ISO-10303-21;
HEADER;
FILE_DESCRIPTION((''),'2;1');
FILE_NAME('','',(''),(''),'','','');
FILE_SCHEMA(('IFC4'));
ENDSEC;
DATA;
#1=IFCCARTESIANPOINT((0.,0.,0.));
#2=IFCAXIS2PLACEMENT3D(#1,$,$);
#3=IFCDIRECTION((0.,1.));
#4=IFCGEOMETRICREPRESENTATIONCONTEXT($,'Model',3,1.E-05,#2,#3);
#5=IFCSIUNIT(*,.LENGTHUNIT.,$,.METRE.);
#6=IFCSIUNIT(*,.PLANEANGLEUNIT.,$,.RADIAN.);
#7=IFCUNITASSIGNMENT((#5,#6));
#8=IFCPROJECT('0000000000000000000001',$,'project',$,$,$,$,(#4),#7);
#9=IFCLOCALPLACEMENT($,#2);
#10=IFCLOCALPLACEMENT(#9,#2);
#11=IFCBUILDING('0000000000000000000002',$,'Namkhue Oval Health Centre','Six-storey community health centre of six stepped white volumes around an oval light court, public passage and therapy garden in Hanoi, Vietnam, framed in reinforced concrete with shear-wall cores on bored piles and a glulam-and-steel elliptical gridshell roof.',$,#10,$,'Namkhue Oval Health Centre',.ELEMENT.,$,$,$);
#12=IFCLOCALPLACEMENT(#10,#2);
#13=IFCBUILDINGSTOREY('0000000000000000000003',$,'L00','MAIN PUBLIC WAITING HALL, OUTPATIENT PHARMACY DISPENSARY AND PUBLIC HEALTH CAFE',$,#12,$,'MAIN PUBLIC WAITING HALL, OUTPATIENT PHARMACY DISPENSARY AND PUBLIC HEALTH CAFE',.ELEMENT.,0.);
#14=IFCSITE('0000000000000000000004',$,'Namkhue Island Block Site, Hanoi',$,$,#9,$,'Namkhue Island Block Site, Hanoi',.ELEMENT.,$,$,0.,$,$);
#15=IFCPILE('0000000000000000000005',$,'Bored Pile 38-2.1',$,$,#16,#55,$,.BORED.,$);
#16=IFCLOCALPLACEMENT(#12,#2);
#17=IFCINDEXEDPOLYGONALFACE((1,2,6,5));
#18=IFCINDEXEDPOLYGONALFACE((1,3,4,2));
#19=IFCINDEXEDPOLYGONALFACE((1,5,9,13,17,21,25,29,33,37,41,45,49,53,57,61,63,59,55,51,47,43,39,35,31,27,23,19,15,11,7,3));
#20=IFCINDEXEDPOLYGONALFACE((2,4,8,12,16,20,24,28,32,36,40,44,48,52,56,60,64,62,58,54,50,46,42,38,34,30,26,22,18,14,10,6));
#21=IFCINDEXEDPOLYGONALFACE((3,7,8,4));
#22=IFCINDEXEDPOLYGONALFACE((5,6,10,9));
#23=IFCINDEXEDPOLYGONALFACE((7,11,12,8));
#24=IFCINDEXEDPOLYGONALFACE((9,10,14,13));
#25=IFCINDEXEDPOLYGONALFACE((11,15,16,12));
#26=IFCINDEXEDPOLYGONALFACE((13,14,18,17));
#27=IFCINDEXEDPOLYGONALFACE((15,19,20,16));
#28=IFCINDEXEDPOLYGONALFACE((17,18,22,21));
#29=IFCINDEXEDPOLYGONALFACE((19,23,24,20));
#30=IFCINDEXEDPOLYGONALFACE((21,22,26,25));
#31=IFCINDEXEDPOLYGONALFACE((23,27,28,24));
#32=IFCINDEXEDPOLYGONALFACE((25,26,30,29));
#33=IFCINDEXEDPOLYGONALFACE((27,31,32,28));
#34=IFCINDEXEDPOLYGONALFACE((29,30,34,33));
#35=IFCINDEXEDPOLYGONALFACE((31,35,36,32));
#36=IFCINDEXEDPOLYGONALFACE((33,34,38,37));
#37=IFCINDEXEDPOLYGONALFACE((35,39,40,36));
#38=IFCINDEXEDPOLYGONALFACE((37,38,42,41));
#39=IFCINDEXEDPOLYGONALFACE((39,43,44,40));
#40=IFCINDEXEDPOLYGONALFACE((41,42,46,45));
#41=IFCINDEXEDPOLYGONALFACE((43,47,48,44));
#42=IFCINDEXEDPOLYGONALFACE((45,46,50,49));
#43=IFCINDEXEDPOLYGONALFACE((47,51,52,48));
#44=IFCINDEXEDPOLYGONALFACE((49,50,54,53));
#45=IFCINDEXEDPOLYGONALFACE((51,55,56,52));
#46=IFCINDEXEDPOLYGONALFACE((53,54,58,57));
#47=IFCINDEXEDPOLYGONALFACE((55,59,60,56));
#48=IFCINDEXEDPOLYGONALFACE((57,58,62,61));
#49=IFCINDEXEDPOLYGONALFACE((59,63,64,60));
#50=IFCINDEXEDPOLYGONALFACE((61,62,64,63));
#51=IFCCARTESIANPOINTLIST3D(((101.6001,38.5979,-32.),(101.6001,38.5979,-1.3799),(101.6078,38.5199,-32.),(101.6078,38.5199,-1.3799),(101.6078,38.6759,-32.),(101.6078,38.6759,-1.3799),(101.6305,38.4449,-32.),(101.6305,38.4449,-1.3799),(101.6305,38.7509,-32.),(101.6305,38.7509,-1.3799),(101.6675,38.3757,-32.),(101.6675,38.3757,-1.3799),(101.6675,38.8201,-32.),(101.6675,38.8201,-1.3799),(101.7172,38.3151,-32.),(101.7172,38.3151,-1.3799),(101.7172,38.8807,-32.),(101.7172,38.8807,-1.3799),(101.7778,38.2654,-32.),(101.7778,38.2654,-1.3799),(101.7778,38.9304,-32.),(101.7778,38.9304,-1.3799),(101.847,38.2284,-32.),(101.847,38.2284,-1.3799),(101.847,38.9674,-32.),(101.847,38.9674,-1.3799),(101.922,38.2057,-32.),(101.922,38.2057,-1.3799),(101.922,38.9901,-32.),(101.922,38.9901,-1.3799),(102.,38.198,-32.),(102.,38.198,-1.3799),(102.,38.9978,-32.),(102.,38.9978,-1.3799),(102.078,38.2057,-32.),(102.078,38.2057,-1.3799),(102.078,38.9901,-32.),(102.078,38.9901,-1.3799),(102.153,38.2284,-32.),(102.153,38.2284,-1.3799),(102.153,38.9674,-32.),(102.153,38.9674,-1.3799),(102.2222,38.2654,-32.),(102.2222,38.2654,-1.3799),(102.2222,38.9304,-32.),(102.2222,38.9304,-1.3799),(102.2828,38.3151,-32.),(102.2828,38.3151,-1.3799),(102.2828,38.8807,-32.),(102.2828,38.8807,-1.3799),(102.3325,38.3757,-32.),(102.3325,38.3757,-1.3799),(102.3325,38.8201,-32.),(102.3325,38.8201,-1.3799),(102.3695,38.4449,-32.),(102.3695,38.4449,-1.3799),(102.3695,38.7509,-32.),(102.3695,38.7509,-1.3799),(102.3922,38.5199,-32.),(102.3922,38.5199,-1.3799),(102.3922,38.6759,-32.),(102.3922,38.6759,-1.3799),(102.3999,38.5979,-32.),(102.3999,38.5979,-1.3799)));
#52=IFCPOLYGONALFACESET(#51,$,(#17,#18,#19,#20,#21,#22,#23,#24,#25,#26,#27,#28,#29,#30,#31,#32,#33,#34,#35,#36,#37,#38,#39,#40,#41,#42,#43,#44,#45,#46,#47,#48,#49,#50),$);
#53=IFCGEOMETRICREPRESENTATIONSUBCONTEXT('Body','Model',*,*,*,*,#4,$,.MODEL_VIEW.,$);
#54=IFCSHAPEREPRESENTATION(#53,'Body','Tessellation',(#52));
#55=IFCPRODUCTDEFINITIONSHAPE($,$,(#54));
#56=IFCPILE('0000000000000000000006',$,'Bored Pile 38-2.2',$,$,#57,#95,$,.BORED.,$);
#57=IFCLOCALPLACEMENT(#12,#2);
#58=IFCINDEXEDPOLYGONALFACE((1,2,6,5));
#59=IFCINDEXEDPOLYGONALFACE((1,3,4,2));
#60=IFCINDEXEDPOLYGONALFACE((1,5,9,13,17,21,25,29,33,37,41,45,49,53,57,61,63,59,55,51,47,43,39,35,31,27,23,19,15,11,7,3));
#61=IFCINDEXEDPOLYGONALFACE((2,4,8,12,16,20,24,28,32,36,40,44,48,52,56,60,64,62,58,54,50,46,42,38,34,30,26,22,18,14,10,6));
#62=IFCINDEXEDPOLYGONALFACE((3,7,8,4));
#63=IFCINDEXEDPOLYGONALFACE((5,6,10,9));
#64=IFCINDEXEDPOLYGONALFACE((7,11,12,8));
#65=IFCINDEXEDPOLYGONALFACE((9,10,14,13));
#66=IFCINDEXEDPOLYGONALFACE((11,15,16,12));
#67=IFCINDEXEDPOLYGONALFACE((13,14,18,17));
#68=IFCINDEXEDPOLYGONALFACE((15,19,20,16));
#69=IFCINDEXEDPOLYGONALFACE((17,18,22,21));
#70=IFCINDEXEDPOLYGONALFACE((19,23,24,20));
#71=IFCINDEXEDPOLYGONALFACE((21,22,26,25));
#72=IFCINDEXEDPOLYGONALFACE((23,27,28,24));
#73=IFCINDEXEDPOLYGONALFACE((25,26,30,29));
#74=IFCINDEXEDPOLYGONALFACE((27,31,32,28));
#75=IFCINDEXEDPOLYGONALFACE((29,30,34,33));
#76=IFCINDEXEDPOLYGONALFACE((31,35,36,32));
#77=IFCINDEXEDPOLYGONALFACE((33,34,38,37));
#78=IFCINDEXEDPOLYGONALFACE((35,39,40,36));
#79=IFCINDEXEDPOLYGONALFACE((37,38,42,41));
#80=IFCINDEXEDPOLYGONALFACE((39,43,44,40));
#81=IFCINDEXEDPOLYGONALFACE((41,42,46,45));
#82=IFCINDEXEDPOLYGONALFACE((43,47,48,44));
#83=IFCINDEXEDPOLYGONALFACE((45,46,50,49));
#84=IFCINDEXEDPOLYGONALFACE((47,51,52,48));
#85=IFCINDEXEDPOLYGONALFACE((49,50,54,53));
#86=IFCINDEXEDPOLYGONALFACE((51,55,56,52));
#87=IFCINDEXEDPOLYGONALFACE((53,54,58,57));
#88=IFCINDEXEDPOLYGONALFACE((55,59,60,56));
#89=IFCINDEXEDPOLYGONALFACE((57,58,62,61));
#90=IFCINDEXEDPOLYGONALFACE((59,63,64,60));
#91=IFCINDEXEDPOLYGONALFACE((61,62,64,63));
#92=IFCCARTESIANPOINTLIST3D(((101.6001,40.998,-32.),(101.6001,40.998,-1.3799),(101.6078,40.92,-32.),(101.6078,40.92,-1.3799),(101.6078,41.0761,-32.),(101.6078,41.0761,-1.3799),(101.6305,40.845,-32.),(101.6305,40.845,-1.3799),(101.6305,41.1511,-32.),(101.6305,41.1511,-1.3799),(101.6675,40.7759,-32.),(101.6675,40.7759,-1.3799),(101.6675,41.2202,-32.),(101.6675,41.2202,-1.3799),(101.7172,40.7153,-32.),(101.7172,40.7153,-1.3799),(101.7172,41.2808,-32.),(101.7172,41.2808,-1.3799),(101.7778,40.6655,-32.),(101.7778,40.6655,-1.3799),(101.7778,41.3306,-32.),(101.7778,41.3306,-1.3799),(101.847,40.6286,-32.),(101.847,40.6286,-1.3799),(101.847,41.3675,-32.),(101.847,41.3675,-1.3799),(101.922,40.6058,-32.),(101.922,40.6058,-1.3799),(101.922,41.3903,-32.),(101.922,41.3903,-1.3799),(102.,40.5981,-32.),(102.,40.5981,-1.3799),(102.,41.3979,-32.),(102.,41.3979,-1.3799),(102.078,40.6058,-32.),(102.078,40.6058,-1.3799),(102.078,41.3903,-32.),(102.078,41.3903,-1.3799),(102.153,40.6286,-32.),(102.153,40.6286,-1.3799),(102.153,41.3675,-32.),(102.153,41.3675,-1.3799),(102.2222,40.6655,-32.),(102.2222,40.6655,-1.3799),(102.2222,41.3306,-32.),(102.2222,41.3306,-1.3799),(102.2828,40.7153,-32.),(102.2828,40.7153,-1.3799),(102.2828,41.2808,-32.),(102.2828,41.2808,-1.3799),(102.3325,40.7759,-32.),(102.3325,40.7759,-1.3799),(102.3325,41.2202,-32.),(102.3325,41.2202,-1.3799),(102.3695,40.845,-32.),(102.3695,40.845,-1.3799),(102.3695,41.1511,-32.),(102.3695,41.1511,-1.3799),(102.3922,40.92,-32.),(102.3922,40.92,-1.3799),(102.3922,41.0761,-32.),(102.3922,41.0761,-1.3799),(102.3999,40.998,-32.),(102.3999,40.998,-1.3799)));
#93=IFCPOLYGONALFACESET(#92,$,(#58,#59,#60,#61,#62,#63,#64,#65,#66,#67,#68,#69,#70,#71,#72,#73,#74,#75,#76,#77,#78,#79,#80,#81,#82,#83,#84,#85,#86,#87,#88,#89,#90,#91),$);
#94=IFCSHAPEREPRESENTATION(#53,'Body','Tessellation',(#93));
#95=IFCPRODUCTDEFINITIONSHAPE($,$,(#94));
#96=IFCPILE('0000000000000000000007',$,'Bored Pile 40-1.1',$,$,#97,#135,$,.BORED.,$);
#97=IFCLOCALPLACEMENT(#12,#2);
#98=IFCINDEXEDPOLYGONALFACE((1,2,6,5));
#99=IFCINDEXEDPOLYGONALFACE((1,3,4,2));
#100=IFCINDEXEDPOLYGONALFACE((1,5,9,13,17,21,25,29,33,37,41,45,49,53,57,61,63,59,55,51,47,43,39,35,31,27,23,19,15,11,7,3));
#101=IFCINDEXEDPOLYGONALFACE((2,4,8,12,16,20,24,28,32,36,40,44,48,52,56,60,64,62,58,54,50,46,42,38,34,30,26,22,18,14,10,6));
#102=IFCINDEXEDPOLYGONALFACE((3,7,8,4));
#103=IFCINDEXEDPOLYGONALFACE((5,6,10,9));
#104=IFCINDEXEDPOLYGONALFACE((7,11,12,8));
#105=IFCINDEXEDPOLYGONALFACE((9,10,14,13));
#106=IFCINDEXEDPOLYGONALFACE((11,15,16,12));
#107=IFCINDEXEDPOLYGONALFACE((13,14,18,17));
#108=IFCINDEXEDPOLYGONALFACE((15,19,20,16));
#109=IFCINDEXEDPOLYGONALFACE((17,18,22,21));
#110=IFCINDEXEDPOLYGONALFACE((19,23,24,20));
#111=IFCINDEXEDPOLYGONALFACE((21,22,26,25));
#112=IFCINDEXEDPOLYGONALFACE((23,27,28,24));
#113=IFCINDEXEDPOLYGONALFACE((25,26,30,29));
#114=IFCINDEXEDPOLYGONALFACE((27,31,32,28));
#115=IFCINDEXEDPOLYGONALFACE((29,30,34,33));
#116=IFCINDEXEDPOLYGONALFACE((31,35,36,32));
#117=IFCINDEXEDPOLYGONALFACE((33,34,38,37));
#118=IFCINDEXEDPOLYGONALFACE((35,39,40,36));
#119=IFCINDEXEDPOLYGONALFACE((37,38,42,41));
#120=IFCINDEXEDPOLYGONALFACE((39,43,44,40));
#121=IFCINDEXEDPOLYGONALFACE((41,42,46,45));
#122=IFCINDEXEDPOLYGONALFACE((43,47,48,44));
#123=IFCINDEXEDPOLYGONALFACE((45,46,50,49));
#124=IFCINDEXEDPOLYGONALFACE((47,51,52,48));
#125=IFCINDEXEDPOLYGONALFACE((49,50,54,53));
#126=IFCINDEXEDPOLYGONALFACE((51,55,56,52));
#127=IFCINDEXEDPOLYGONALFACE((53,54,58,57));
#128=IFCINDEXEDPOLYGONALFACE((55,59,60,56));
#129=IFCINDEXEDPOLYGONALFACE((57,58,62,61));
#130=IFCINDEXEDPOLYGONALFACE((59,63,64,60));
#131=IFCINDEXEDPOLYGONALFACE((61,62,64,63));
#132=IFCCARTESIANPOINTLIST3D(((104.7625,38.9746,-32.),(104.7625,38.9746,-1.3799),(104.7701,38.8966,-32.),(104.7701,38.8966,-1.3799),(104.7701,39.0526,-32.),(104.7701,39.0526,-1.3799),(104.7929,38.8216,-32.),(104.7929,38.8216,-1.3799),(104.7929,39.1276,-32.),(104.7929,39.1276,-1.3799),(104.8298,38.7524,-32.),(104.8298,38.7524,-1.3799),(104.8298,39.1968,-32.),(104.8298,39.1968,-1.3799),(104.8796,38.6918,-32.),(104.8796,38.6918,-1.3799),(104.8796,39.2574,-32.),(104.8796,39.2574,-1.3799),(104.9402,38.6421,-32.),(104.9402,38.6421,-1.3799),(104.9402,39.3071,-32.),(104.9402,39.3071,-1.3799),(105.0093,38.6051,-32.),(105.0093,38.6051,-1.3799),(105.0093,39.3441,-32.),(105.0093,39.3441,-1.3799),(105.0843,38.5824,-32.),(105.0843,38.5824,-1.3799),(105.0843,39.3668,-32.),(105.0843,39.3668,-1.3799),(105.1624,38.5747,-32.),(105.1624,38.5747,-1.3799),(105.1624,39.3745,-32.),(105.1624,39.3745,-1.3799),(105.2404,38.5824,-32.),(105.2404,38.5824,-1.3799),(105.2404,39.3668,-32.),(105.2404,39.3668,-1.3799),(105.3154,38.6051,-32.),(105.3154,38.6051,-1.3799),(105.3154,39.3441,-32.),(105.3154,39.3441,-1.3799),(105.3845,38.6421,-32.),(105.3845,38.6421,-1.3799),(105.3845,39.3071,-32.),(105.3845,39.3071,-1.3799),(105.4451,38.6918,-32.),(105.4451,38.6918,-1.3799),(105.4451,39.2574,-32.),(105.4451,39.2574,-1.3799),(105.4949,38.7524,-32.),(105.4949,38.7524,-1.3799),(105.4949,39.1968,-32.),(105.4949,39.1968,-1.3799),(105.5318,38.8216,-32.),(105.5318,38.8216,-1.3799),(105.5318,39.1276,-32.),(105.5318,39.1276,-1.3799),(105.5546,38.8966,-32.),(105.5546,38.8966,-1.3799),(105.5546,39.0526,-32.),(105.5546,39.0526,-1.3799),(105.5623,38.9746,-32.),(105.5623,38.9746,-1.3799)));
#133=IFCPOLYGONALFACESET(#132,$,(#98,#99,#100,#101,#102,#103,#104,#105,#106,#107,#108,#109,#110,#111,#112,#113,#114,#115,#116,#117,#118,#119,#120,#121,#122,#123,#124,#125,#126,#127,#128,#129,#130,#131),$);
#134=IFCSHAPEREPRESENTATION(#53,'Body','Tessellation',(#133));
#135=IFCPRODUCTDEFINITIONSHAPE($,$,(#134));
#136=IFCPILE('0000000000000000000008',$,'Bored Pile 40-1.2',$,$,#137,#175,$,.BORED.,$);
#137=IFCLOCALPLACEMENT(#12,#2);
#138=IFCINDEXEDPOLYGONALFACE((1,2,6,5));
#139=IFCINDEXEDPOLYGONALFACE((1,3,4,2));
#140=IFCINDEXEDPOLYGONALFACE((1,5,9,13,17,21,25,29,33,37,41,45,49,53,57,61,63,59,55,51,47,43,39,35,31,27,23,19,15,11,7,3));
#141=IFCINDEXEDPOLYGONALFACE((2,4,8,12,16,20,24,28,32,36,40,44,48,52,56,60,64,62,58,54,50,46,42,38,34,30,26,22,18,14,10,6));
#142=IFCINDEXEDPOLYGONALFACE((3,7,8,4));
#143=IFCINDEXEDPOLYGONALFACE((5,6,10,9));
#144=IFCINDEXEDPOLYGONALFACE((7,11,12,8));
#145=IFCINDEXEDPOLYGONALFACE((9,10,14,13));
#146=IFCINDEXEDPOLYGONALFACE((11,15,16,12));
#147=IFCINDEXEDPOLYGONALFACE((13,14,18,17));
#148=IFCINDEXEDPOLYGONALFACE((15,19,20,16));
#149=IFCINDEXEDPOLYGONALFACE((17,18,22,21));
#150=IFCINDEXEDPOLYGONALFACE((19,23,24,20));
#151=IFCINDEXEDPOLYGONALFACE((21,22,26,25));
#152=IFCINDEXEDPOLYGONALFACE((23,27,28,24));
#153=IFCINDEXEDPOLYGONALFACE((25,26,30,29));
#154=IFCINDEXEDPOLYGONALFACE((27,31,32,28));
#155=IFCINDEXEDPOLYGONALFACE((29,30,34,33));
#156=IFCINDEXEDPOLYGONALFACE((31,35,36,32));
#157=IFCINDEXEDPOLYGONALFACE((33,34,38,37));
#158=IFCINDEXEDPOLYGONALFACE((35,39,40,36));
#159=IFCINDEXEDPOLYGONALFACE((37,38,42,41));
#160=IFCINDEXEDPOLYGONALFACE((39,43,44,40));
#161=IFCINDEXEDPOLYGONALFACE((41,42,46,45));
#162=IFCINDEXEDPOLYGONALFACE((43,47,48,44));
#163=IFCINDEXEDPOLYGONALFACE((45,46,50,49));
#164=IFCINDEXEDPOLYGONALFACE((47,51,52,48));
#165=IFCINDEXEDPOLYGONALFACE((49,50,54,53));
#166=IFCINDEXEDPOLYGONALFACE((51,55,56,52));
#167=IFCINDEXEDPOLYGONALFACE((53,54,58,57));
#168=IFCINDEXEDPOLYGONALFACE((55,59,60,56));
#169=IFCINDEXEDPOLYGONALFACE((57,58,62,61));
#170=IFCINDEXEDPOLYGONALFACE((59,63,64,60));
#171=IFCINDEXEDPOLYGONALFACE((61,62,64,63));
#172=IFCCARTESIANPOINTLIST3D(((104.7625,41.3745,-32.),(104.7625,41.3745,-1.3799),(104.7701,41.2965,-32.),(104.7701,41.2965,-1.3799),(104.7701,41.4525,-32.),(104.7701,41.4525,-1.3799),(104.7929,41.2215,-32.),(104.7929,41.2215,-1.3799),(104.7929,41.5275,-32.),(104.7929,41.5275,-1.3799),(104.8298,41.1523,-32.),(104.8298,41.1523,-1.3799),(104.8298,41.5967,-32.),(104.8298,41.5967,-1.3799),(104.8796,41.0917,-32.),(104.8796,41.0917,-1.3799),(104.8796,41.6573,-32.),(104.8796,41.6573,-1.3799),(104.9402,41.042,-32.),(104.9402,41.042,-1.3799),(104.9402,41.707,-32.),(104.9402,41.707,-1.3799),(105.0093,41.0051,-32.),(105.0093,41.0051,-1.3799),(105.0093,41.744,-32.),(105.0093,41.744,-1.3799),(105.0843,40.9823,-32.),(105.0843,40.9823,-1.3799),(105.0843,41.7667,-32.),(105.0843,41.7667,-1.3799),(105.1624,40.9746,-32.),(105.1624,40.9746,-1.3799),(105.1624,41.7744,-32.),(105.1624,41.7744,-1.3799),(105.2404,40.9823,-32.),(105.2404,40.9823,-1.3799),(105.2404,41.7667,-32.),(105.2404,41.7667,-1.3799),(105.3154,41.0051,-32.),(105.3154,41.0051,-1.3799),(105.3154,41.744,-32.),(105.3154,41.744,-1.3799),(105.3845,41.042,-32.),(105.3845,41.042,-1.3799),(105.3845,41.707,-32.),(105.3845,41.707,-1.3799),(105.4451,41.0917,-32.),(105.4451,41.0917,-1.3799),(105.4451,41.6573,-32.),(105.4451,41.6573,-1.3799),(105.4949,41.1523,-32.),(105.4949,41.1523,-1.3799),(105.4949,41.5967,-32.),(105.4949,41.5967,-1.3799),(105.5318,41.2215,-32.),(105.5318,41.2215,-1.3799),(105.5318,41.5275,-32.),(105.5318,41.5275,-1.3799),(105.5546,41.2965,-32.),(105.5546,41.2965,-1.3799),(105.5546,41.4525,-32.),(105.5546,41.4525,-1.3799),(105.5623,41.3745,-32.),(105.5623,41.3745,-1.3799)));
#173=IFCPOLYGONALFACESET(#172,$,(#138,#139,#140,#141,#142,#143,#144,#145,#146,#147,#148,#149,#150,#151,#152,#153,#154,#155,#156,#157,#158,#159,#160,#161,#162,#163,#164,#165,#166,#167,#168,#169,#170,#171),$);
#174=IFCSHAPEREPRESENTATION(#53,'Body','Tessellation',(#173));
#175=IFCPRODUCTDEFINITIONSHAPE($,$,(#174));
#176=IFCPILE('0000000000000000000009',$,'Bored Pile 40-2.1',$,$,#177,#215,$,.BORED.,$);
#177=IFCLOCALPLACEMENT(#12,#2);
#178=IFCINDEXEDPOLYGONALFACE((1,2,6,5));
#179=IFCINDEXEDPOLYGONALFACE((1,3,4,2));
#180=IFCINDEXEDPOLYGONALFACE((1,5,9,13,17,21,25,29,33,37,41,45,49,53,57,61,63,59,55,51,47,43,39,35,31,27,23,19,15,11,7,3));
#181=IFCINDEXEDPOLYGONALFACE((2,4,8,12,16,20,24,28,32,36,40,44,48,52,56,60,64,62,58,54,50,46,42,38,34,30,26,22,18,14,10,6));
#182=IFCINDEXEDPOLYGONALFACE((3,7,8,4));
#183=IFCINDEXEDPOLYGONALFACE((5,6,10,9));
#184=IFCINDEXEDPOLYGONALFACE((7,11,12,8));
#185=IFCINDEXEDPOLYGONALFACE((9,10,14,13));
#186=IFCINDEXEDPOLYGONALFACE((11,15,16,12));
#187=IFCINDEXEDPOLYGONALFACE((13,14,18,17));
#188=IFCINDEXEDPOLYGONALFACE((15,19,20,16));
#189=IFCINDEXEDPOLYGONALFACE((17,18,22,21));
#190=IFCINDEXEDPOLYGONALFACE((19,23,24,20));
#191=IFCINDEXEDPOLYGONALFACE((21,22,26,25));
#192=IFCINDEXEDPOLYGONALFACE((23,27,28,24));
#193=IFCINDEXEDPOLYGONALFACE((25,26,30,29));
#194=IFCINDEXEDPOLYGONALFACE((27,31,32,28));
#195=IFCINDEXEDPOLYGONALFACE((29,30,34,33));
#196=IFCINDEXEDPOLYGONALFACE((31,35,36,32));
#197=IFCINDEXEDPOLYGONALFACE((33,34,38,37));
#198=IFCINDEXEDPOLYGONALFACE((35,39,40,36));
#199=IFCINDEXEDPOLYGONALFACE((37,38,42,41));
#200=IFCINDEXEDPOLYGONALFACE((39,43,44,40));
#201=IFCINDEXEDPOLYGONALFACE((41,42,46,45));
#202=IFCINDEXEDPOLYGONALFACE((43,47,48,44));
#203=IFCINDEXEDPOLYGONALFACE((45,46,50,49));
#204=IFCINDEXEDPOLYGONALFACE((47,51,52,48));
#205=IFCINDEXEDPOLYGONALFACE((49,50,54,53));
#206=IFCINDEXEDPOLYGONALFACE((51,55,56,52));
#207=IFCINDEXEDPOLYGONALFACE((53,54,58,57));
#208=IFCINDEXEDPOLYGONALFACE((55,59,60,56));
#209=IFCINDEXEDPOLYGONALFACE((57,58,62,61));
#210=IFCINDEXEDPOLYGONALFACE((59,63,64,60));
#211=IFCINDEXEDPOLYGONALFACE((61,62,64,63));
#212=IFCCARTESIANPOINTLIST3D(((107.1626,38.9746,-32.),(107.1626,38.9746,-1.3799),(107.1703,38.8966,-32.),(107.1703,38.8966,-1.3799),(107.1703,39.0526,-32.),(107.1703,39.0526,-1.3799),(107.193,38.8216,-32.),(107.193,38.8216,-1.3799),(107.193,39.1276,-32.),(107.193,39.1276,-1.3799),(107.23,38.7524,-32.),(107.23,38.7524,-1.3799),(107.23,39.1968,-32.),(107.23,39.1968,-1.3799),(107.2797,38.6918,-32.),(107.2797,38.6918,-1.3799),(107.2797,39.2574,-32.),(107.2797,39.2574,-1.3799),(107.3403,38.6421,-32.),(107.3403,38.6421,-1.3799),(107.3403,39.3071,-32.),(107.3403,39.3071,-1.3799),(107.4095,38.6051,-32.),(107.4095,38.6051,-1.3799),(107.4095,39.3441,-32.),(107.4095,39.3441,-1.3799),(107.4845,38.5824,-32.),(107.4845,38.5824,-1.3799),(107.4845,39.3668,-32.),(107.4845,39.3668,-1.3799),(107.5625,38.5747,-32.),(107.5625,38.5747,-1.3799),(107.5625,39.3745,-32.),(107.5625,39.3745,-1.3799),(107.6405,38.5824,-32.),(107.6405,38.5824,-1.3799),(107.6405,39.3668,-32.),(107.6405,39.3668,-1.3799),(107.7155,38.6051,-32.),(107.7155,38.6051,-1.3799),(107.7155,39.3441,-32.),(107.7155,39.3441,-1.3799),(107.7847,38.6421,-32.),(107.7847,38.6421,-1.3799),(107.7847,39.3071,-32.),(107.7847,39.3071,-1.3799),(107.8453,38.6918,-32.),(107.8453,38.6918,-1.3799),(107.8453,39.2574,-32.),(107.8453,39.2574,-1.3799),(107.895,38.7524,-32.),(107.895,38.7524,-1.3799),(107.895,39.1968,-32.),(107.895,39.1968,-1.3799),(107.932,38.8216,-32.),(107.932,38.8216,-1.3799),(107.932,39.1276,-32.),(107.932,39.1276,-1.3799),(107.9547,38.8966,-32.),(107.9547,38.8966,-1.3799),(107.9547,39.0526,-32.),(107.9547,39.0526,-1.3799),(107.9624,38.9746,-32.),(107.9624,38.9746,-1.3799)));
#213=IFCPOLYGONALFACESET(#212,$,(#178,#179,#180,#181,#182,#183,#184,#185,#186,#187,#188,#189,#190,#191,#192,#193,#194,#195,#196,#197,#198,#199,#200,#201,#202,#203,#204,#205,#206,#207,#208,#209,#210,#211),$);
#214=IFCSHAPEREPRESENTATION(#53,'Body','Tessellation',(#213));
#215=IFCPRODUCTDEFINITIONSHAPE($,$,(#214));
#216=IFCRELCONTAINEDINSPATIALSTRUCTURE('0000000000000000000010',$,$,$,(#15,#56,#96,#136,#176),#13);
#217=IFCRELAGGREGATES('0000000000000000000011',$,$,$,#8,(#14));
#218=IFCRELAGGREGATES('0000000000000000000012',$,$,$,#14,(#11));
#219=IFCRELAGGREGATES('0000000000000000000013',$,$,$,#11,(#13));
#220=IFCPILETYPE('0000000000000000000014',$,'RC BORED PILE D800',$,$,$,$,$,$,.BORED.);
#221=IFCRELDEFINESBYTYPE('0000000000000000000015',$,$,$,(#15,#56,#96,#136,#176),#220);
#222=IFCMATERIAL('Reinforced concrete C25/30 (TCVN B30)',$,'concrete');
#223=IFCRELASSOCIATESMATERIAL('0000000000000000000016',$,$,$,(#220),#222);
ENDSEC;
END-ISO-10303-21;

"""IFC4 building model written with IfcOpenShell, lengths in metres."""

from ifc_helpers import new_model, si_unit, direction, frame, origin, origin_2d, place, context, subcontext, project, spatial, circle, extrude, material, material_profile, profile_set, type_object, element, save


model = new_model("IFC4")

# Units and contexts
model_context = context("Model", 3, precision=1e-05, world=origin(), true_north=direction((0.0, 1.0)))
body_context = subcontext(model_context, "Body", "Model", "MODEL_VIEW")
ifc_project = project(units=[si_unit("LENGTHUNIT", "METRE"), si_unit("PLANEANGLEUNIT", "RADIAN")], contexts=[model_context])

# Site, building, storey
site_placement = place(None, origin())
site = spatial("IfcSite", under=ifc_project, at=site_placement, Name="Namkhue Island Block Site, Hanoi", LongName="Namkhue Island Block Site, Hanoi", CompositionType="ELEMENT", RefElevation=0.0)
building_placement = place(site_placement, origin())
building = spatial("IfcBuilding", under=site, at=building_placement, Name="Namkhue Oval Health Centre", Description="Six-storey community health centre of six stepped white volumes around an oval light court, public passage and therapy garden in Hanoi, Vietnam, framed in reinforced concrete with shear-wall cores on bored piles and a glulam-and-steel elliptical gridshell roof.", LongName="Namkhue Oval Health Centre", CompositionType="ELEMENT")
storey_placement = place(building_placement, origin())
storey = spatial("IfcBuildingStorey", under=building, at=storey_placement, Name="L00", Description="MAIN PUBLIC WAITING HALL, OUTPATIENT PHARMACY DISPENSARY AND PUBLIC HEALTH CAFE", LongName="MAIN PUBLIC WAITING HALL, OUTPATIENT PHARMACY DISPENSARY AND PUBLIC HEALTH CAFE", CompositionType="ELEMENT", Elevation=0.0)

# Piles
ifc_material_1 = material(Name="Reinforced concrete C25/30 (TCVN B30)", Category="concrete")
ifc_material_profile_1 = material_profile(ifc_material_1, circle(Radius=0.3999, at=origin_2d()), Name="BORED PILE D800")
ifc_profile_set_1 = profile_set([ifc_material_profile_1], Name="Reinforced concrete C25/30 (TCVN B30)")
pile_type_1 = type_object("IfcPileType", Name="RC BORED PILE D800", PredefinedType="BORED", material=ifc_profile_set_1)
for number, where, z_axis, x_axis, name in (
    (1, (102.0, 38.5979, -1.3799), (0.0, 0.0, -1.0), (1.0, 0.0, 0.0), "Bored Pile 38-2.1"),
    (2, (102.0, 40.998, -1.3799), (0.0, 0.0, -1.0), (1.0, 0.0, 0.0), "Bored Pile 38-2.2"),
    (3, (105.1624, 38.9746, -1.3799), (0.0, 0.0, -1.0), (1.0, 0.0, 0.0), "Bored Pile 40-1.1"),
    (4, (105.1624, 41.3745, -1.3799), (0.0, 0.0, -1.0), (1.0, 0.0, 0.0), "Bored Pile 40-1.2"),
    (5, (107.5625, 38.9746, -1.3799), (0.0, 0.0, -1.0), (1.0, 0.0, 0.0), "Bored Pile 40-2.1"),
):
    element("IfcPile", number, at=place(storey_placement, frame(where, z_axis=z_axis, x_axis=x_axis)), inside=storey, type_object=pile_type_1, Name=name, PredefinedType="BORED", context=body_context, shape_type="SweptSolid", body=[
        extrude(circle(Radius=0.3999, at=origin_2d()), origin(), (0.0, 0.0, 1.0), 30.6201),
    ])

save(model, "model.ifc")
